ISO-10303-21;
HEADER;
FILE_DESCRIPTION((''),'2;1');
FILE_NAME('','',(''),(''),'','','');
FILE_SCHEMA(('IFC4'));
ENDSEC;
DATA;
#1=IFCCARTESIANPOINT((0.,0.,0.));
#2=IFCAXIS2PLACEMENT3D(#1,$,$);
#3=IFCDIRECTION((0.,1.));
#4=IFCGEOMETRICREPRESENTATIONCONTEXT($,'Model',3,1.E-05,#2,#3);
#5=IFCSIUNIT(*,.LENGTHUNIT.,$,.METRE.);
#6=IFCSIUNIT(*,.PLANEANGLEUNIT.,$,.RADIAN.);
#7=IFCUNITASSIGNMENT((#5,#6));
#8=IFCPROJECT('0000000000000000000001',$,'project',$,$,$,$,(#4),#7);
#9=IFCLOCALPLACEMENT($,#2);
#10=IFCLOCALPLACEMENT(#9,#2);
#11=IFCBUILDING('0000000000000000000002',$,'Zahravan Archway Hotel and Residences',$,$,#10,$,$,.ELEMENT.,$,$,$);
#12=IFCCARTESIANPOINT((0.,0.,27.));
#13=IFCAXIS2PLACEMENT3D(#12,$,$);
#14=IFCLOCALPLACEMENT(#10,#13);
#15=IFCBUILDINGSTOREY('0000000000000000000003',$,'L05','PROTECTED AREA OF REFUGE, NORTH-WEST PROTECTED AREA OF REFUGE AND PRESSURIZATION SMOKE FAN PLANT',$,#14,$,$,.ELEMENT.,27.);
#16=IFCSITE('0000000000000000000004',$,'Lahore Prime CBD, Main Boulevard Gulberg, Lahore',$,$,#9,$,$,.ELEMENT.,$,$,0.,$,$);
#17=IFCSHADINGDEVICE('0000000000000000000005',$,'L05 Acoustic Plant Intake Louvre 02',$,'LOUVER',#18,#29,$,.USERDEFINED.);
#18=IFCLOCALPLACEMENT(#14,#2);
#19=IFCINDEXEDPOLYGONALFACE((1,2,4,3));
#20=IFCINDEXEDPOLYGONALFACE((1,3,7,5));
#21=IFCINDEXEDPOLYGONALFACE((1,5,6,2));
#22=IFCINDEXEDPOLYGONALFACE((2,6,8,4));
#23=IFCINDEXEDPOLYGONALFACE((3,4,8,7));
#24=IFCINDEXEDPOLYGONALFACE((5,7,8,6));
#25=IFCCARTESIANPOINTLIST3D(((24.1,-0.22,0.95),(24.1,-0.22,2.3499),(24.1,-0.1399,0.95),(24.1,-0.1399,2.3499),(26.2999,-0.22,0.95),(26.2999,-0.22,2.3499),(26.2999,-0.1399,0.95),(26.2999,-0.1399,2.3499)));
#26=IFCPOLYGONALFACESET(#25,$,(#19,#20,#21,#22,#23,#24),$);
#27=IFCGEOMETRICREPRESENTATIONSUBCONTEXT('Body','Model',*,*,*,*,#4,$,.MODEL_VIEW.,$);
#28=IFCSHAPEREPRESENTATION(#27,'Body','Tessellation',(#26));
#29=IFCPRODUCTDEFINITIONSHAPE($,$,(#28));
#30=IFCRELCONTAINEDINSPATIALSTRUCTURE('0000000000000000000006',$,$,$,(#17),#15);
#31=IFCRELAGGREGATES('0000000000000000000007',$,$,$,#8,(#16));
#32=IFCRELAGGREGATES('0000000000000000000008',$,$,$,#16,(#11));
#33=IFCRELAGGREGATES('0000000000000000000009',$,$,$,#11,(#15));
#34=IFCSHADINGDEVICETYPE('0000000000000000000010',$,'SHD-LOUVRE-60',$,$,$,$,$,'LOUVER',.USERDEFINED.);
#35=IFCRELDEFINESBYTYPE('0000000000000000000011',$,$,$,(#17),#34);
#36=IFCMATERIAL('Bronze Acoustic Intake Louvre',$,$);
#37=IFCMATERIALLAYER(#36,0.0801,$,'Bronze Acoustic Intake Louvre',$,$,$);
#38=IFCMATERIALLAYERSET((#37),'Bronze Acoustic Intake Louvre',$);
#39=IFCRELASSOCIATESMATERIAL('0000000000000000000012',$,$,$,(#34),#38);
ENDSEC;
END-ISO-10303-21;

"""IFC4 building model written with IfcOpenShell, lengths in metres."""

from ifc_helpers import new_model, si_unit, direction, frame, origin, origin_2d, place, context, subcontext, project, spatial, rectangle, extrude, source, transform, mapped, material, layer, layer_set, type_object, type_shapes, element, save


model = new_model("IFC4")

# Units and contexts
model_context = context("Model", 3, precision=1e-05, world=origin(), true_north=direction((0.0, 1.0)))
body_context = subcontext(model_context, "Body", "Model", "MODEL_VIEW")
ifc_project = project(units=[si_unit("LENGTHUNIT", "METRE"), si_unit("PLANEANGLEUNIT", "RADIAN")], contexts=[model_context])

# Site, building, storey
site_placement = place(None, origin())
site = spatial("IfcSite", under=ifc_project, at=site_placement, Name="Lahore Prime CBD, Main Boulevard Gulberg, Lahore", CompositionType="ELEMENT", RefElevation=0.0)
building_placement = place(site_placement, origin())
building = spatial("IfcBuilding", under=site, at=building_placement, Name="Zahravan Archway Hotel and Residences", CompositionType="ELEMENT")
storey_placement = place(building_placement, frame((0.0, 0.0, 27.0)))
storey = spatial("IfcBuildingStorey", under=building, at=storey_placement, Name="L05", Description="PROTECTED AREA OF REFUGE, NORTH-WEST PROTECTED AREA OF REFUGE AND PRESSURIZATION SMOKE FAN PLANT", CompositionType="ELEMENT", Elevation=27.0)

# Shading device
ifc_material_1 = material(Name="Bronze Acoustic Intake Louvre")
ifc_layer_1 = layer(ifc_material_1, 0.0801, Name="Bronze Acoustic Intake Louvre")
ifc_layer_set_1 = layer_set([ifc_layer_1], Name="Bronze Acoustic Intake Louvre")
shading_device_type = type_object("IfcShadingDeviceType", Name="SHD-LOUVRE-60", ElementType="LOUVER", PredefinedType="USERDEFINED", material=ifc_layer_set_1)
shared_shape_1 = source(origin(), body_context, "Body", "SweptSolid", [
    extrude(rectangle(XDim=2.2, YDim=0.0801, at=origin_2d()), origin(), (0.0, 0.0, 1.0), 1.3999),
])
type_shapes(shading_device_type, [shared_shape_1])
shading_device_placement = place(storey_placement, frame((25.2, -0.1799, 0.95), z_axis=(0.0, 0.0, 1.0), x_axis=(1.0, 0.0, 0.0)))
element("IfcShadingDevice", 1, at=shading_device_placement, inside=storey, type_object=shading_device_type, Name="L05 Acoustic Plant Intake Louvre 02", ObjectType="LOUVER", PredefinedType="USERDEFINED", context=body_context, shape_type="MappedRepresentation", body=[
    mapped(shared_shape_1, transform((0.0, 0.0, 0.0), scale=1.0)),
])

save(model, "model.ifc")
